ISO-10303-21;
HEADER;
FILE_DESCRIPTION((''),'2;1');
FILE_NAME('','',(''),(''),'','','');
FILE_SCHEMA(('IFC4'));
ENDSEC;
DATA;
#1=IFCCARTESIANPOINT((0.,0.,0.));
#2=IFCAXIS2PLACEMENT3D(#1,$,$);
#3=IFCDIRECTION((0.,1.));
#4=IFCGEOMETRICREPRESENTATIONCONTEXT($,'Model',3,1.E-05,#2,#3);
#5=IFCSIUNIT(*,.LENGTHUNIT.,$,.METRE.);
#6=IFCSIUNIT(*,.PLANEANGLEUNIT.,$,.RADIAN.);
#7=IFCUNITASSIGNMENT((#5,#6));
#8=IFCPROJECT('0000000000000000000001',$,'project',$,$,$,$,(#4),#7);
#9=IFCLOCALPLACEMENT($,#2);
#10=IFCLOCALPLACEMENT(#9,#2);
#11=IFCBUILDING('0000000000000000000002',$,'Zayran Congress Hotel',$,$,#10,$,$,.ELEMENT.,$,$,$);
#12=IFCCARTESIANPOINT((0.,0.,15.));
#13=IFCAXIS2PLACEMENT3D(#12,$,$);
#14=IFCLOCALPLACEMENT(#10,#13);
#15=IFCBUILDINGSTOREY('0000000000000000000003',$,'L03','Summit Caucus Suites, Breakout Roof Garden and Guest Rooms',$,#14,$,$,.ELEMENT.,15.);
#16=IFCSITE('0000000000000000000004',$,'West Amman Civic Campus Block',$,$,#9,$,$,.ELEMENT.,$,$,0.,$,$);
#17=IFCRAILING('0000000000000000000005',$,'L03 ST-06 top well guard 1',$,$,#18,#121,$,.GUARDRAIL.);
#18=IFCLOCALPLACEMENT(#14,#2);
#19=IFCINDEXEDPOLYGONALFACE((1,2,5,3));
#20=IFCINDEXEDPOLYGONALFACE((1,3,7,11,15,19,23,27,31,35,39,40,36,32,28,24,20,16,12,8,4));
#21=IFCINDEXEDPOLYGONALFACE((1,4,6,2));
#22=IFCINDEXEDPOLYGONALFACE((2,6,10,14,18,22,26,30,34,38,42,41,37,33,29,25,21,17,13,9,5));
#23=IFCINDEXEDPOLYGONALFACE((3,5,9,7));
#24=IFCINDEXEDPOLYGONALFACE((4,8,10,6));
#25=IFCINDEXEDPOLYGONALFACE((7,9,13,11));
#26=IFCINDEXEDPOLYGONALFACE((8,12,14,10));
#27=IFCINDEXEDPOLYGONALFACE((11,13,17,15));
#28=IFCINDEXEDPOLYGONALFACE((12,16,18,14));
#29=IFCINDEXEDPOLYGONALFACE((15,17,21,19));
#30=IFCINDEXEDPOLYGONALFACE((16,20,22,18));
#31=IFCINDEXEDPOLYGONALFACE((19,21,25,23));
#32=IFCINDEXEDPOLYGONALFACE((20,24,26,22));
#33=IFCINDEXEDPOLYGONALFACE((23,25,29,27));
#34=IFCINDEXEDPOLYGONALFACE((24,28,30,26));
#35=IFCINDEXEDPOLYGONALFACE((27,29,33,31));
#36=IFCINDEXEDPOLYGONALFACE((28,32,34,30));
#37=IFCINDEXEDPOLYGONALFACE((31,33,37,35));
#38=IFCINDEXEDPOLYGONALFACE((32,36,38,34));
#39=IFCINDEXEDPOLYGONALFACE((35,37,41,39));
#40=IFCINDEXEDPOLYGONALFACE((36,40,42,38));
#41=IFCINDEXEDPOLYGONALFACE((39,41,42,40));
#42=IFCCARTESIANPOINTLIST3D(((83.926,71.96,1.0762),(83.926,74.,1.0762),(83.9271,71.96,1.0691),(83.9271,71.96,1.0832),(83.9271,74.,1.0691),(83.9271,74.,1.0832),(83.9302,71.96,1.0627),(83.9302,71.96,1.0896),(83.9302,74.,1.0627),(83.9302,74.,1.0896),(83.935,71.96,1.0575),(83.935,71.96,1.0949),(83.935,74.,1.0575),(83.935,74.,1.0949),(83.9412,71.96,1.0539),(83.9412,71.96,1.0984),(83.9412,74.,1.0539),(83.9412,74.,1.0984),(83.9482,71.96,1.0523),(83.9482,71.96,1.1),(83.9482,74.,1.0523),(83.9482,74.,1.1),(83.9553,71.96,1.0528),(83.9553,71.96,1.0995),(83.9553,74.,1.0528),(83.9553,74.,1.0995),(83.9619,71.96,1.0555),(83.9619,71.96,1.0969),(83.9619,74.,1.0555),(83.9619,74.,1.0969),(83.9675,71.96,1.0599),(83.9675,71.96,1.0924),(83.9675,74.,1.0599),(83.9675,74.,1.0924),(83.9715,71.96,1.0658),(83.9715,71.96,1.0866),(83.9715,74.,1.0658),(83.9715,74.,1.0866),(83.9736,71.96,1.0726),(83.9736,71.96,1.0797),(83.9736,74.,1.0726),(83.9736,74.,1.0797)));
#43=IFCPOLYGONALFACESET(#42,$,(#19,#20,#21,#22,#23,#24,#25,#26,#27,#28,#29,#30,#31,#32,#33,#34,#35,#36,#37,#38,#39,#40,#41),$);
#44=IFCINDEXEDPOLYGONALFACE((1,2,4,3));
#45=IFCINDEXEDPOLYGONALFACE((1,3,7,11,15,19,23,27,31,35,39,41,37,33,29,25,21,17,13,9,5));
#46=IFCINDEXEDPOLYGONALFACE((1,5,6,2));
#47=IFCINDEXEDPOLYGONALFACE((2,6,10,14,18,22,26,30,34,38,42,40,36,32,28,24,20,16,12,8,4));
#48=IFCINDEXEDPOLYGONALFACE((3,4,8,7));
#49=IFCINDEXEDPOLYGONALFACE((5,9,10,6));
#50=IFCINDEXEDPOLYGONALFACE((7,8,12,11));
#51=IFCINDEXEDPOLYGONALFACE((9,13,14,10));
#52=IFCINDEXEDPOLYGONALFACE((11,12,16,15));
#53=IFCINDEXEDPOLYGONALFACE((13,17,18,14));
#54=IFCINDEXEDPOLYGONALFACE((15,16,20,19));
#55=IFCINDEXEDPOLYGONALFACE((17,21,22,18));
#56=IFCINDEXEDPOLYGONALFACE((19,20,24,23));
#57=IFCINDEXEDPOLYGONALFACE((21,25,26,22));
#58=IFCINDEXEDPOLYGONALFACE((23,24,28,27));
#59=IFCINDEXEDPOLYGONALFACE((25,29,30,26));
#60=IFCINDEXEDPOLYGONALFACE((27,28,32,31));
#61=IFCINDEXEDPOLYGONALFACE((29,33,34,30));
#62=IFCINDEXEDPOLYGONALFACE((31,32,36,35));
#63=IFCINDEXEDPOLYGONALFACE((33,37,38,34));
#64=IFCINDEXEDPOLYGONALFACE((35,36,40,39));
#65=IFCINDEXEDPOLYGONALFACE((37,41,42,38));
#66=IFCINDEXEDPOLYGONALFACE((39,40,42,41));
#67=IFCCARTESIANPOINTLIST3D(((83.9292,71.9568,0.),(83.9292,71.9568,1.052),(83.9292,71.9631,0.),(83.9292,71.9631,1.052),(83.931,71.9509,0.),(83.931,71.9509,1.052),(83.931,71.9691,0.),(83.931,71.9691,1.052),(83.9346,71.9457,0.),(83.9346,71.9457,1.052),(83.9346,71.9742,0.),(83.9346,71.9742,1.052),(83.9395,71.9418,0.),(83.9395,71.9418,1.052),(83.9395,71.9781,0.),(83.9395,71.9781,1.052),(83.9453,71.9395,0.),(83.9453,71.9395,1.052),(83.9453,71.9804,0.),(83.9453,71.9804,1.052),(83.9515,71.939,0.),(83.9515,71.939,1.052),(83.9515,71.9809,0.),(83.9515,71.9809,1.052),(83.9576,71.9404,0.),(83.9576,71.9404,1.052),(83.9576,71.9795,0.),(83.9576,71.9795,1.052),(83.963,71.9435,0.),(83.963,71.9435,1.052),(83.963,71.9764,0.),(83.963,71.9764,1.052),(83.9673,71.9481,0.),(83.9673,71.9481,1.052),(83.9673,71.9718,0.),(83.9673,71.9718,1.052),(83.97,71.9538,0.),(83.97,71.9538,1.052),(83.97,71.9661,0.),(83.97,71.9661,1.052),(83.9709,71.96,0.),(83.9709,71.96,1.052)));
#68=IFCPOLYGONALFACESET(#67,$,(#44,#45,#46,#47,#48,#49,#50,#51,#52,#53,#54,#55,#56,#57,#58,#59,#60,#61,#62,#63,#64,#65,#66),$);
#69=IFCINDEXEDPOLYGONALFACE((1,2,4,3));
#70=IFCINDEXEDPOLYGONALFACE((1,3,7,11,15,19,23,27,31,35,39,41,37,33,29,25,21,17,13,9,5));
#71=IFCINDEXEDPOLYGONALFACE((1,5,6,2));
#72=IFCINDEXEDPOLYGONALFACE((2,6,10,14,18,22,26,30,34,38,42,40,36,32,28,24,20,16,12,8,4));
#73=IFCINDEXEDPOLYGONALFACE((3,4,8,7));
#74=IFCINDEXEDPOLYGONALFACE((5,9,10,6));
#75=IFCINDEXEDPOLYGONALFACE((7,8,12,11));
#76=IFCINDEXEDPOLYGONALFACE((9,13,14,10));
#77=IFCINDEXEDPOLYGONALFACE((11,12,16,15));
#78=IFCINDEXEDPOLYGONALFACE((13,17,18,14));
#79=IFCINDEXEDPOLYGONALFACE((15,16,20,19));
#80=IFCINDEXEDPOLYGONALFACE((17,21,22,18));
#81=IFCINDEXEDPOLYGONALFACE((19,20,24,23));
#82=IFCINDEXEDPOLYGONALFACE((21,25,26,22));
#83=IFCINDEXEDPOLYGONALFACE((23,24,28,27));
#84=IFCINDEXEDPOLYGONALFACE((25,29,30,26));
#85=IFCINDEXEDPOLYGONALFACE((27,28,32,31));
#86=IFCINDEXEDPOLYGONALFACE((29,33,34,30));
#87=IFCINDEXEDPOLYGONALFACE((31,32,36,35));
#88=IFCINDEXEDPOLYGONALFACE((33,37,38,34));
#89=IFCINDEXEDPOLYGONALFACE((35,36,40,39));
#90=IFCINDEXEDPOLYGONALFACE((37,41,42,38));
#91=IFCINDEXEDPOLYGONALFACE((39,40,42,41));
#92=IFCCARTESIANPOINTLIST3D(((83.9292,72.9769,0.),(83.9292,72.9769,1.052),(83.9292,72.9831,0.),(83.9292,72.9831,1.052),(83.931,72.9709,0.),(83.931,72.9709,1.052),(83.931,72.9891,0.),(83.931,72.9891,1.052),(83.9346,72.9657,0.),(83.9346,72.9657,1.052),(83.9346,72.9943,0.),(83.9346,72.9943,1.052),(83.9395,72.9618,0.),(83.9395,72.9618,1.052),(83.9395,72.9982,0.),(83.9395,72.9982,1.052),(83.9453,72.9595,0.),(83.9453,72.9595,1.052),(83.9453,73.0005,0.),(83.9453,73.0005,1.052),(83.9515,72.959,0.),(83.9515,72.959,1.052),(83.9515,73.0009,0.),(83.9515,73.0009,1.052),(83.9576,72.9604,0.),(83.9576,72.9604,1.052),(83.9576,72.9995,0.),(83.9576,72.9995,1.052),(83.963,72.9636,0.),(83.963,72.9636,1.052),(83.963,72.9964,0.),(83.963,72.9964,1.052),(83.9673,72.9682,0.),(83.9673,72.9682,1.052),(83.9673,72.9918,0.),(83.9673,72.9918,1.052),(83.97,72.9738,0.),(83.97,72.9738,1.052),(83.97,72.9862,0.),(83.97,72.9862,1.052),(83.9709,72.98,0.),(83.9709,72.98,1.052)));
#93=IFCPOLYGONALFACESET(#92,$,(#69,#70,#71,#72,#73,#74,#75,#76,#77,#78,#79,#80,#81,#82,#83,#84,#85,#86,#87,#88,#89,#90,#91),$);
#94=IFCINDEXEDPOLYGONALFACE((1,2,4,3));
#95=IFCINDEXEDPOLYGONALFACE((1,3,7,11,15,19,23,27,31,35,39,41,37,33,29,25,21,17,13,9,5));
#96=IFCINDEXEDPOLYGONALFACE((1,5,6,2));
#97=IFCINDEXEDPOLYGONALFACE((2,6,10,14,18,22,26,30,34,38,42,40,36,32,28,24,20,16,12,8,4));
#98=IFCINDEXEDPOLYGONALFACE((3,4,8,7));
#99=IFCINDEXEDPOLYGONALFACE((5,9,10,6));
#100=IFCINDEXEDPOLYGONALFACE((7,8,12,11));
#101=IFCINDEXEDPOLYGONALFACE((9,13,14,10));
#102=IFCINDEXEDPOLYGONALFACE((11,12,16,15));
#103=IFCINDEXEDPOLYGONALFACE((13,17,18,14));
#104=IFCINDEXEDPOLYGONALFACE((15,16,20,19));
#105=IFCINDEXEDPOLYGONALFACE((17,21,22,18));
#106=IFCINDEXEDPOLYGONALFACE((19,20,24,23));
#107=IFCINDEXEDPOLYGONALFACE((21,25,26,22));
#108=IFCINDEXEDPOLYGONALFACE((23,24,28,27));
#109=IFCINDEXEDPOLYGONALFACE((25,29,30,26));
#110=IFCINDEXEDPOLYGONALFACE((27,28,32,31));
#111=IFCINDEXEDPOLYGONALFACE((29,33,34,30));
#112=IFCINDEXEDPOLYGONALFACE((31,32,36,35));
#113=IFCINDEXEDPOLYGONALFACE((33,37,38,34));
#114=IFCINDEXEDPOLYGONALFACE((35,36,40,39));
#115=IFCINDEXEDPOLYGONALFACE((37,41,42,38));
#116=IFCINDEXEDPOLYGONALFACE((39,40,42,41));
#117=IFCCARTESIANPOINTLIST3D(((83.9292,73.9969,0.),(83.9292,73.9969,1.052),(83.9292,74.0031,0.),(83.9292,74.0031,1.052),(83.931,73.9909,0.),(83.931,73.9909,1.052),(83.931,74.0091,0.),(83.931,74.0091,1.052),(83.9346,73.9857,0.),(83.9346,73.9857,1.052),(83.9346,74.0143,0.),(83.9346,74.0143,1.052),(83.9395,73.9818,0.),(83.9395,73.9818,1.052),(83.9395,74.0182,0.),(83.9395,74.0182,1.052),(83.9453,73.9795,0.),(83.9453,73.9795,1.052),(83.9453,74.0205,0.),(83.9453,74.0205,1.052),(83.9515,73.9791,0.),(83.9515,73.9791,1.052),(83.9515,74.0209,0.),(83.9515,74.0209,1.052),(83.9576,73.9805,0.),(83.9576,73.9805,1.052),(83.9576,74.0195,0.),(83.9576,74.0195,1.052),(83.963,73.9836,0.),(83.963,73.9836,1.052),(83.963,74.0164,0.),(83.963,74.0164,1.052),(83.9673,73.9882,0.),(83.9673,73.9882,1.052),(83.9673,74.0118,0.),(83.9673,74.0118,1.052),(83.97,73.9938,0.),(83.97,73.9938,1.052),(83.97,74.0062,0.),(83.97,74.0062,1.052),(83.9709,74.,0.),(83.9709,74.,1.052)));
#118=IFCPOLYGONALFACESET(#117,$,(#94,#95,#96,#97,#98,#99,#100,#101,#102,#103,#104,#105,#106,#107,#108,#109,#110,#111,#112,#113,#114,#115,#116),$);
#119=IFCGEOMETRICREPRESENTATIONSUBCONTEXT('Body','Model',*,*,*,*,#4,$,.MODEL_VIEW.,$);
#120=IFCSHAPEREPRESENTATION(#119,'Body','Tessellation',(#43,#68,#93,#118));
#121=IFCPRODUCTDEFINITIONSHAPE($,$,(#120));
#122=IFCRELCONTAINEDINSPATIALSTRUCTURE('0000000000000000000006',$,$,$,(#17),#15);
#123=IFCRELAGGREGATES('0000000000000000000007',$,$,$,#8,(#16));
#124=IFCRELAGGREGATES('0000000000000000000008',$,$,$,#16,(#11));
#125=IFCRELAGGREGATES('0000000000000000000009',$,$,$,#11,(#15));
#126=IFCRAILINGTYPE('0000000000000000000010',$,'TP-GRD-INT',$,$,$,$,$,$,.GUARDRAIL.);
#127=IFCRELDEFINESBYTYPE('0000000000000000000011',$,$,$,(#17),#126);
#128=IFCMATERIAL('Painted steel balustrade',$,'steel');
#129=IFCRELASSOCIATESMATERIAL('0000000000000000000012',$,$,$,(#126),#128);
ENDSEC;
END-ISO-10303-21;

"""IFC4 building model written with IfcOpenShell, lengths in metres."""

from ifc_helpers import new_model, si_unit, direction, frame, origin, origin_2d, place, context, subcontext, project, spatial, circle, extrude, material, type_object, element, save


model = new_model("IFC4")

# Units and contexts
model_context = context("Model", 3, precision=1e-05, world=origin(), true_north=direction((0.0, 1.0)))
body_context = subcontext(model_context, "Body", "Model", "MODEL_VIEW")
ifc_project = project(units=[si_unit("LENGTHUNIT", "METRE"), si_unit("PLANEANGLEUNIT", "RADIAN")], contexts=[model_context])

# Site, building, storey
site_placement = place(None, origin())
site = spatial("IfcSite", under=ifc_project, at=site_placement, Name="West Amman Civic Campus Block", CompositionType="ELEMENT", RefElevation=0.0)
building_placement = place(site_placement, origin())
building = spatial("IfcBuilding", under=site, at=building_placement, Name="Zayran Congress Hotel", CompositionType="ELEMENT")
storey_placement = place(building_placement, frame((0.0, 0.0, 15.0)))
storey = spatial("IfcBuildingStorey", under=building, at=storey_placement, Name="L03", Description="Summit Caucus Suites, Breakout Roof Garden and Guest Rooms", CompositionType="ELEMENT", Elevation=15.0)

# Railing
ifc_material_1 = material(Name="Painted steel balustrade", Category="steel")
railing_type = type_object("IfcRailingType", Name="TP-GRD-INT", PredefinedType="GUARDRAIL", material=ifc_material_1)
railing_1_placement = place(storey_placement, frame((83.95, 71.96, 0.0)))
element("IfcRailing", 1, at=railing_1_placement, inside=storey, type_object=railing_type, Name="L03 ST-06 top well guard 1", PredefinedType="GUARDRAIL", context=body_context, shape_type="SweptSolid", body=[
    extrude(circle(Radius=0.0239, at=origin_2d()), frame((0.0, 0.0, 1.0762), z_axis=(0.0, 1.0, 0.0), x_axis=(-1.0, 0.0, 0.0)), (0.0, 0.0, 1.0), 2.04),
    extrude(circle(Radius=0.021, at=origin_2d()), origin(), (0.0, 0.0, 1.0), 1.052),
    extrude(circle(Radius=0.021, at=origin_2d()), frame((0.0, 1.02, 0.0)), (0.0, 0.0, 1.0), 1.052),
    extrude(circle(Radius=0.021, at=origin_2d()), frame((0.0, 2.04, 0.0)), (0.0, 0.0, 1.0), 1.052),
])

save(model, "model.ifc")
